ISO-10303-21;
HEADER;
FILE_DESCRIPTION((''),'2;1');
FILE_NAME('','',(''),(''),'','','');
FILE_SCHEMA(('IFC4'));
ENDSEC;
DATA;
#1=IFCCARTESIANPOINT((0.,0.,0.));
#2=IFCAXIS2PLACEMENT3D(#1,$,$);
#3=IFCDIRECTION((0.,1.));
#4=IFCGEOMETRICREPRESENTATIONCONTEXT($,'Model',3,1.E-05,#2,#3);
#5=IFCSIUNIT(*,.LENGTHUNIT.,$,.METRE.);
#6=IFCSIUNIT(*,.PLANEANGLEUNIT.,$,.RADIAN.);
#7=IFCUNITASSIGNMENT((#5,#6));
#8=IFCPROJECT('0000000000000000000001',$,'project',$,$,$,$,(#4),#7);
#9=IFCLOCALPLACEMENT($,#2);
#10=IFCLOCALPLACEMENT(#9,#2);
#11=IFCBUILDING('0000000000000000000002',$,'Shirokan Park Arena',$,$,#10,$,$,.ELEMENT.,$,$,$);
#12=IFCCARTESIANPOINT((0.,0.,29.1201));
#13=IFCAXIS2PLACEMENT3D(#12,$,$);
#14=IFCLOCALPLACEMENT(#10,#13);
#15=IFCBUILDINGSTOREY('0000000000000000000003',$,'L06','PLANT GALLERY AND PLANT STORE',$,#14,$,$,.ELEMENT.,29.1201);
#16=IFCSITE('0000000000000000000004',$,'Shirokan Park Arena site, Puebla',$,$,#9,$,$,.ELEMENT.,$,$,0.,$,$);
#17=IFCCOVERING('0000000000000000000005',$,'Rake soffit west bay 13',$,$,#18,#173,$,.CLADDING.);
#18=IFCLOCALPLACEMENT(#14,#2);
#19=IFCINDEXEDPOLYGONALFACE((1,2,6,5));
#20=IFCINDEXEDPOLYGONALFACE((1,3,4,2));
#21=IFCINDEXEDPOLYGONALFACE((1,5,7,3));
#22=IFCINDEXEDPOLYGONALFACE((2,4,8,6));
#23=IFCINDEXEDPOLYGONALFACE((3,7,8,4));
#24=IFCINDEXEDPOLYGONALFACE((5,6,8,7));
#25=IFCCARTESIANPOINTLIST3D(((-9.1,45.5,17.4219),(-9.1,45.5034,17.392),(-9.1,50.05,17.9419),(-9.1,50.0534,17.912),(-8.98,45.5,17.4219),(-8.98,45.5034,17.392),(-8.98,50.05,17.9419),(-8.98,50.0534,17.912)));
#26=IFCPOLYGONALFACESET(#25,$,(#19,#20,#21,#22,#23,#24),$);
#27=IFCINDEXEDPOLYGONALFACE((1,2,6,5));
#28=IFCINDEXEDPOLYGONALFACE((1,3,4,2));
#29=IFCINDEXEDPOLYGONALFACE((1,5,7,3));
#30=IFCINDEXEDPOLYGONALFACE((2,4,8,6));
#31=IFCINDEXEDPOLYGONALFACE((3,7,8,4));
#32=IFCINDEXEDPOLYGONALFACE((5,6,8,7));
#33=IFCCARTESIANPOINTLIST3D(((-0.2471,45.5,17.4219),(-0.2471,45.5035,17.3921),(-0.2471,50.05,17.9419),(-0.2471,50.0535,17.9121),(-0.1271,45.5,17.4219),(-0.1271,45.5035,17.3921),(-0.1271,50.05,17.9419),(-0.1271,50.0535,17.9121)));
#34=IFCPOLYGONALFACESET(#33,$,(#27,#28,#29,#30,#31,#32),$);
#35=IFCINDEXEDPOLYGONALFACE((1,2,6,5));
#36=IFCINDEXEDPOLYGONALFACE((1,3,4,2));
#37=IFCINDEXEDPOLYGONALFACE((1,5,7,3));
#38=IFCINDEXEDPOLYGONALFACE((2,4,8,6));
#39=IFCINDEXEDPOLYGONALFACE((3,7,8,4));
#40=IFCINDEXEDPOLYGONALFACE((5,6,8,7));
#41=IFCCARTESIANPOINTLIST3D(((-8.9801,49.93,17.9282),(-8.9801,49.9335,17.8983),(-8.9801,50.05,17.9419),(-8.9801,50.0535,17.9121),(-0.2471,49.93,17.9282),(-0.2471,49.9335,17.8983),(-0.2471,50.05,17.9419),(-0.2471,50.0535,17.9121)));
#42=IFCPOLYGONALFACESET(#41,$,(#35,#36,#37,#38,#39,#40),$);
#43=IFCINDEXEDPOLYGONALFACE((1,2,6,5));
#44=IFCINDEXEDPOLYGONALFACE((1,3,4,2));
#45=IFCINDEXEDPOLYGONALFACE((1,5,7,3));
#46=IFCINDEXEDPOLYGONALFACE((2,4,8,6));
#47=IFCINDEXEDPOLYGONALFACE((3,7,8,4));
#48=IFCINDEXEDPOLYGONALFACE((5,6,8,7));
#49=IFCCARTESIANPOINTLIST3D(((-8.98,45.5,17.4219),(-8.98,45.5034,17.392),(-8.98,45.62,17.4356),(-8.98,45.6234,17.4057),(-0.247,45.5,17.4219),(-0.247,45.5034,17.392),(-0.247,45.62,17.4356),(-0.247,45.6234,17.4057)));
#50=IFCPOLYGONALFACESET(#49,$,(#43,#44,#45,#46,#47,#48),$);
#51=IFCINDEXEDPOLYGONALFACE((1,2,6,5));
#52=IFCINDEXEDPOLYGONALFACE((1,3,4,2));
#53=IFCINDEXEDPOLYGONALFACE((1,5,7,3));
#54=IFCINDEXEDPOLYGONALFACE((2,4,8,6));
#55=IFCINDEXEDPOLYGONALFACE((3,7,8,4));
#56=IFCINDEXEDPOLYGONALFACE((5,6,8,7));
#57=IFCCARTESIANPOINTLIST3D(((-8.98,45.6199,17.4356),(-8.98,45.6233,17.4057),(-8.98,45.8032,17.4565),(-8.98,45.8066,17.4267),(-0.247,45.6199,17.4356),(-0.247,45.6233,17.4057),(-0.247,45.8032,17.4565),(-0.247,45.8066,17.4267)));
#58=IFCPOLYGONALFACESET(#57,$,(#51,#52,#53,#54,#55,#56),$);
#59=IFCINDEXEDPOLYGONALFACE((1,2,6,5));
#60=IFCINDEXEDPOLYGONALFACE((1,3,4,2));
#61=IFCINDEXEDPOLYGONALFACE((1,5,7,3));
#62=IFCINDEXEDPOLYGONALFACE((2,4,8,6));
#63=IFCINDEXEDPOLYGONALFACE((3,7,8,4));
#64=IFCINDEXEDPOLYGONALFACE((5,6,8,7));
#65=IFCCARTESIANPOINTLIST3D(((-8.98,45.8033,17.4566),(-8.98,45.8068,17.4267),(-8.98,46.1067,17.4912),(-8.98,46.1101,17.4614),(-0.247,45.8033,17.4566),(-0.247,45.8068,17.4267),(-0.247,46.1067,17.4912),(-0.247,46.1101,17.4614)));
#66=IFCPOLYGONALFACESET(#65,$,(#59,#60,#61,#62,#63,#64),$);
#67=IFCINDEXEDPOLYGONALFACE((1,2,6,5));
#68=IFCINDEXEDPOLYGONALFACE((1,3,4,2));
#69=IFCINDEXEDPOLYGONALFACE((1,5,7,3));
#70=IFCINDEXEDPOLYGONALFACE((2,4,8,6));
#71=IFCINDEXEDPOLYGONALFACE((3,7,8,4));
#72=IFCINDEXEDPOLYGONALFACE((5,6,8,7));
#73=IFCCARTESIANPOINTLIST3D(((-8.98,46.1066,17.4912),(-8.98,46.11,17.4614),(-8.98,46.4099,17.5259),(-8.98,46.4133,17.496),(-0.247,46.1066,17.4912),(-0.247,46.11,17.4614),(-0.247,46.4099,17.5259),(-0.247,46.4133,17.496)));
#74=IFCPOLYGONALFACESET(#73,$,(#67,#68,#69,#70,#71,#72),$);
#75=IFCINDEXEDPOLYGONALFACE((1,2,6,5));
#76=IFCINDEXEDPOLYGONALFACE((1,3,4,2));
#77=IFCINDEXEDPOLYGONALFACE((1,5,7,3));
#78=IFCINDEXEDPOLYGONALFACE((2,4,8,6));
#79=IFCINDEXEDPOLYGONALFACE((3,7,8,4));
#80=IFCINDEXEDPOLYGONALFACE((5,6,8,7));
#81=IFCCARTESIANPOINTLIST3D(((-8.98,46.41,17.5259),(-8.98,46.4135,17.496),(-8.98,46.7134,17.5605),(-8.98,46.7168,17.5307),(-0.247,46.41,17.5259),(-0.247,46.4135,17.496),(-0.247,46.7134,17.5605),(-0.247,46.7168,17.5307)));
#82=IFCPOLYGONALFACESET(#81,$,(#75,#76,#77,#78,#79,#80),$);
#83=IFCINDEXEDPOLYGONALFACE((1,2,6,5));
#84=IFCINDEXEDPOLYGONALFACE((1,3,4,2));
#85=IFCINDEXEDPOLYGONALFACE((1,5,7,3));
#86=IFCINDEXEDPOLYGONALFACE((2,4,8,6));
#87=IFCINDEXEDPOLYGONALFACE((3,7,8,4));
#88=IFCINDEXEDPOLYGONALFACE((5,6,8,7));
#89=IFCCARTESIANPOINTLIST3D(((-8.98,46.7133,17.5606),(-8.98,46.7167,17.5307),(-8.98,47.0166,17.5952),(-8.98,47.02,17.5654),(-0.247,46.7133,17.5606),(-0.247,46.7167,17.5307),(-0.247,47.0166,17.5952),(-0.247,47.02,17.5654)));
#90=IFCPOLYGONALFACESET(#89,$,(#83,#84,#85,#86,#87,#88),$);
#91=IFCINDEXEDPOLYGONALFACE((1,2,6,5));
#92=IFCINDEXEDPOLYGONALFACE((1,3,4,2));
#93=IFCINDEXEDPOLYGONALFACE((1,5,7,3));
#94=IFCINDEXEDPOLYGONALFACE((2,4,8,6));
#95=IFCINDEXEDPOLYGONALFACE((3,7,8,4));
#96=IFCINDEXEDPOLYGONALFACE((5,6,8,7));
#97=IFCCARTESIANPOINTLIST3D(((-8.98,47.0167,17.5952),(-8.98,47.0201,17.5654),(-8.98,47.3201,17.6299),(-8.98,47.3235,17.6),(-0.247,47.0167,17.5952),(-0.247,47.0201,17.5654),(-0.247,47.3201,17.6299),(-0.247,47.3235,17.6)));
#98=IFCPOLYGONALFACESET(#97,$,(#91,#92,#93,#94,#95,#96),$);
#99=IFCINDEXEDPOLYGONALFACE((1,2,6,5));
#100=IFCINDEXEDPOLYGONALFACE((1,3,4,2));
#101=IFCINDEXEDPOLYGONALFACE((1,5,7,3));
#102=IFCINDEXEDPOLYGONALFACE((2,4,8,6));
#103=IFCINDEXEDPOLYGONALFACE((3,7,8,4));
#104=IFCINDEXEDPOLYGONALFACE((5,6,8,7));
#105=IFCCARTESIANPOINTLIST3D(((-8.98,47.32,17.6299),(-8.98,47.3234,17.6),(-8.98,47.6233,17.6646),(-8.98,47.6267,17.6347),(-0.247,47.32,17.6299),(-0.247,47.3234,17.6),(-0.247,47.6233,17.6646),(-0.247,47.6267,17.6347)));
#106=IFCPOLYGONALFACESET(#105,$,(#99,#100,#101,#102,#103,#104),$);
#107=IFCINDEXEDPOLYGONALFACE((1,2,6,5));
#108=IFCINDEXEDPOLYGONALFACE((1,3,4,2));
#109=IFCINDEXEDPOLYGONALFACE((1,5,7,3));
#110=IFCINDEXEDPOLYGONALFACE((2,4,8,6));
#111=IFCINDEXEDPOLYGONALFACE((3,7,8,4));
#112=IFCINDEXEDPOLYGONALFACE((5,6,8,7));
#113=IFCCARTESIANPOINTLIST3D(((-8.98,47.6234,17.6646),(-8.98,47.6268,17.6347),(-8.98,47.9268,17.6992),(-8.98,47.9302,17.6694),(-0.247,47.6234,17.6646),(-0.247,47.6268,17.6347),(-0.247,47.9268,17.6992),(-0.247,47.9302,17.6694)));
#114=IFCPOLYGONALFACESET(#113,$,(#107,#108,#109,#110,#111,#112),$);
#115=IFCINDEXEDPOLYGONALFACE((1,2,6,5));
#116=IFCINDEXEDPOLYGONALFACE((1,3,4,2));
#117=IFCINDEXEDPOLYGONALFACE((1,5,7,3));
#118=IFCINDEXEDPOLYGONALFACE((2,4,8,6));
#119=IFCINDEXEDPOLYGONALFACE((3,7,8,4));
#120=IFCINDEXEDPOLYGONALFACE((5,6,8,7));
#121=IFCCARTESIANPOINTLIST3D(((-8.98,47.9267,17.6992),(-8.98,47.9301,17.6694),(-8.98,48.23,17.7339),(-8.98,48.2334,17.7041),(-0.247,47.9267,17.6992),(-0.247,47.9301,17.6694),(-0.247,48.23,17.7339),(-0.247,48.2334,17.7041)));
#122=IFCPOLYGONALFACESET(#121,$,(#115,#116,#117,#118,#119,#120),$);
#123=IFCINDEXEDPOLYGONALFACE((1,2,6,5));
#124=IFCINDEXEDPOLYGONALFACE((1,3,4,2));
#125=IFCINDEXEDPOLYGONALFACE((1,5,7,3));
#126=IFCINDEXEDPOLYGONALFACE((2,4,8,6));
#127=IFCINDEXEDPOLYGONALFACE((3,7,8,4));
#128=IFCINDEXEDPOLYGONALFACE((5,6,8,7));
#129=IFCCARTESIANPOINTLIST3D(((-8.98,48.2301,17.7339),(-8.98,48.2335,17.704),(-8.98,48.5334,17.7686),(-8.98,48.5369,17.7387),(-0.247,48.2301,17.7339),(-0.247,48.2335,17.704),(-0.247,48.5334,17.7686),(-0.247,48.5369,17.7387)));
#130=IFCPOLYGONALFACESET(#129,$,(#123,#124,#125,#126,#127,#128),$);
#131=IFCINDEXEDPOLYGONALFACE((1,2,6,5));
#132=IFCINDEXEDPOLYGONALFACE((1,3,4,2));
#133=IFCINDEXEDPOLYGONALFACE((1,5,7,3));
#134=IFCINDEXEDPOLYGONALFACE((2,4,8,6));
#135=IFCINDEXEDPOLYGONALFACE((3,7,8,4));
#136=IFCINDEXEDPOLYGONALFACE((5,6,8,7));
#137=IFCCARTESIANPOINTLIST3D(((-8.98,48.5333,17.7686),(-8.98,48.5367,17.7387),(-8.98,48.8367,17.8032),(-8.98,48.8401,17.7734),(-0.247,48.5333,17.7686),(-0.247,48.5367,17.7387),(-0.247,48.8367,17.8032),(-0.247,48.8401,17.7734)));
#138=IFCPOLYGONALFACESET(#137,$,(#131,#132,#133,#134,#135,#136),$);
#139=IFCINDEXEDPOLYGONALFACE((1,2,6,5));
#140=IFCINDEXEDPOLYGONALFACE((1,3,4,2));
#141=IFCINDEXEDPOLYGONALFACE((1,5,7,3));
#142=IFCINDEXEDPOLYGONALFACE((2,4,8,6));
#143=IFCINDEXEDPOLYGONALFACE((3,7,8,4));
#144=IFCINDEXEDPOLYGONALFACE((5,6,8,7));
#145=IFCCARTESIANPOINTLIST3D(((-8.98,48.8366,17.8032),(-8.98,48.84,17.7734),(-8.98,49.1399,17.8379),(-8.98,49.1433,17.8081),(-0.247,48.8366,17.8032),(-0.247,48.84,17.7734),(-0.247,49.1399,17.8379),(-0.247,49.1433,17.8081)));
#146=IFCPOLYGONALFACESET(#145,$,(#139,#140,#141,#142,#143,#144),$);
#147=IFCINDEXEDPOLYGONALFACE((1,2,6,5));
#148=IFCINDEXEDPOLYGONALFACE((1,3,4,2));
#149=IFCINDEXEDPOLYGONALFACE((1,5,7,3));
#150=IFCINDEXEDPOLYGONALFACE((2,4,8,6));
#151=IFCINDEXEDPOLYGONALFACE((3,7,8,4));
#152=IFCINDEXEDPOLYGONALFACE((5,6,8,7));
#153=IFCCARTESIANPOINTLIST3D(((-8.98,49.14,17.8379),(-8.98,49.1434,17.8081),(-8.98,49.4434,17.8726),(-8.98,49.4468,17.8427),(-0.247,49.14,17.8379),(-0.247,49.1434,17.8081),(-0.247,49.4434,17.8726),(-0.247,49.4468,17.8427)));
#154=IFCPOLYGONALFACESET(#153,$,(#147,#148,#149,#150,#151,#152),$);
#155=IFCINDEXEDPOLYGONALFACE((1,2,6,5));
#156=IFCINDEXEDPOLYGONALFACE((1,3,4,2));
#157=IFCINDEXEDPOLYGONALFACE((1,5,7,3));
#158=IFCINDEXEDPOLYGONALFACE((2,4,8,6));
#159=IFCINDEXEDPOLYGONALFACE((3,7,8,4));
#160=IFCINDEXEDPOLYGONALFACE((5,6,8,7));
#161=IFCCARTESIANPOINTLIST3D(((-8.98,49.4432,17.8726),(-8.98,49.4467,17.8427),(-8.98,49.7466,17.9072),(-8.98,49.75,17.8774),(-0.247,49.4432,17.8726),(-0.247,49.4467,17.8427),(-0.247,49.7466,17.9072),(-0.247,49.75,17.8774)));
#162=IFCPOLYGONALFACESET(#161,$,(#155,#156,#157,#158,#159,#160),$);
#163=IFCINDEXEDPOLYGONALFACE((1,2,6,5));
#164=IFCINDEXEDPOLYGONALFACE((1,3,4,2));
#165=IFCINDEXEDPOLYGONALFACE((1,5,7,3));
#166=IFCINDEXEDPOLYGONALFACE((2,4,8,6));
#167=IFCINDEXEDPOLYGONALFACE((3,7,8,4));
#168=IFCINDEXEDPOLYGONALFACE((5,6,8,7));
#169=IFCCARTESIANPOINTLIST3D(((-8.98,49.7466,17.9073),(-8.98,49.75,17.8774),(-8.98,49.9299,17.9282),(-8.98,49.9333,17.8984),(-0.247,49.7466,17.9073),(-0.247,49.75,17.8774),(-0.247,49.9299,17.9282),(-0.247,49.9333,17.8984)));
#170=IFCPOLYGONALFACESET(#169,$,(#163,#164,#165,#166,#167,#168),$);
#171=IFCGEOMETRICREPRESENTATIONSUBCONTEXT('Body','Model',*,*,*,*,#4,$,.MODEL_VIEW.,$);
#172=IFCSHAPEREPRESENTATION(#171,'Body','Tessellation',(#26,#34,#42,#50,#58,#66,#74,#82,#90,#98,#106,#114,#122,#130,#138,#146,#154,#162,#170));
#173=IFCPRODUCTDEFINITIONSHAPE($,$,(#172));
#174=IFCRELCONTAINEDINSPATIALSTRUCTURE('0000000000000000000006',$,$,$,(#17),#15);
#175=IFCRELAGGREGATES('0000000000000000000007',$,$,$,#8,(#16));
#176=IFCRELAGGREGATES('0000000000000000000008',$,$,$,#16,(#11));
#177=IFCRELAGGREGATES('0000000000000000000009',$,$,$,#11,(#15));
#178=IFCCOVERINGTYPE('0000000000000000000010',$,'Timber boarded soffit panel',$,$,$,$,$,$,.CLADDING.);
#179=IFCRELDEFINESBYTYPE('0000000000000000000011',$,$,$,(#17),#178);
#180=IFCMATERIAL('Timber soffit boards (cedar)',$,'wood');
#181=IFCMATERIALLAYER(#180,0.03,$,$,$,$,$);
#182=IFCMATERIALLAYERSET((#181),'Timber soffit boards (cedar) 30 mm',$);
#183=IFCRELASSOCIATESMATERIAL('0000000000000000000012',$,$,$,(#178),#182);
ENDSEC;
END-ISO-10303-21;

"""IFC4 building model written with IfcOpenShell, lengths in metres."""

from ifc_helpers import new_model, si_unit, direction, frame, origin, place, context, subcontext, project, spatial, polyline, outline, extrude, material, layer, layer_set, type_object, element, save


model = new_model("IFC4")

# Units and contexts
model_context = context("Model", 3, precision=1e-05, world=origin(), true_north=direction((0.0, 1.0)))
body_context = subcontext(model_context, "Body", "Model", "MODEL_VIEW")
ifc_project = project(units=[si_unit("LENGTHUNIT", "METRE"), si_unit("PLANEANGLEUNIT", "RADIAN")], contexts=[model_context])

# Site, building, storey
site_placement = place(None, origin())
site = spatial("IfcSite", under=ifc_project, at=site_placement, Name="Shirokan Park Arena site, Puebla", CompositionType="ELEMENT", RefElevation=0.0)
building_placement = place(site_placement, origin())
building = spatial("IfcBuilding", under=site, at=building_placement, Name="Shirokan Park Arena", CompositionType="ELEMENT")
storey_placement = place(building_placement, frame((0.0, 0.0, 29.1201)))
storey = spatial("IfcBuildingStorey", under=building, at=storey_placement, Name="L06", Description="PLANT GALLERY AND PLANT STORE", CompositionType="ELEMENT", Elevation=29.1201)

# Covering
ifc_material = material(Name="Timber soffit boards (cedar)", Category="wood")
ifc_layer = layer(ifc_material, 0.03)
ifc_layer_set = layer_set([ifc_layer], Name="Timber soffit boards (cedar) 30 mm")
covering_type = type_object("IfcCoveringType", Name="Timber boarded soffit panel", PredefinedType="CLADDING", material=ifc_layer_set)
covering_1_placement = place(storey_placement, origin())
element("IfcCovering", 1, at=covering_1_placement, inside=storey, type_object=covering_type, Name="Rake soffit west bay 13", PredefinedType="CLADDING", context=body_context, shape_type="SweptSolid", body=[
    extrude(outline(polyline([(0.0, 0.0), (0.12, 0.0), (0.12, -4.5796), (0.0, -4.5796), (0.0, 0.0)])), frame((-8.98, 45.5, 17.4219), z_axis=(0.0, -0.113547, 0.993533), x_axis=(-1.0, 0.0, 0.0)), (0.0, 0.0, -1.0), 0.03),
    extrude(outline(polyline([(0.0, 0.0), (0.12, 0.0), (0.12, -4.5796), (0.0, -4.5796), (0.0, 0.0)])), frame((-0.2471, 50.05, 17.9419), z_axis=(0.0, -0.113547, 0.993533), x_axis=(1.0, 0.0, 0.0)), (0.0, 0.0, -1.0), 0.03),
    extrude(outline(polyline([(0.0, 0.0), (0.1208, 0.0), (0.1208, -8.733), (0.0, -8.733), (0.0, 0.0)])), frame((-0.2471, 50.05, 17.9419), z_axis=(0.0, -0.113512, 0.993537), x_axis=(0.0, -0.993537, -0.113512)), (0.0, 0.0, -1.0), 0.03),
    extrude(outline(polyline([(0.0, 0.0), (0.1208, 0.0), (0.1208, -8.733), (0.0, -8.733), (0.0, 0.0)])), frame((-8.98, 45.5, 17.4219), z_axis=(0.0, -0.113512, 0.993537), x_axis=(0.0, 0.993537, 0.113512)), (0.0, 0.0, -1.0), 0.03),
    extrude(outline(polyline([(0.0, 0.0), (8.733, 0.0), (8.733, -0.1845), (0.0, -0.1845), (0.0, 0.0)])), frame((-8.98, 45.8032, 17.4565), z_axis=(0.0, -0.113589, 0.993528), x_axis=(1.0, 0.0, 0.0)), (0.0, 0.0, -1.0), 0.03),
    extrude(outline(polyline([(0.0, 0.0), (8.733, 0.0), (8.733, -0.3053), (0.0, -0.3053), (0.0, 0.0)])), frame((-8.98, 46.1067, 17.4912), z_axis=(0.0, -0.113523, 0.993535), x_axis=(1.0, 0.0, 0.0)), (0.0, 0.0, -1.0), 0.03),
    extrude(outline(polyline([(0.0, 0.0), (8.733, 0.0), (8.733, -0.3053), (0.0, -0.3053), (0.0, 0.0)])), frame((-8.98, 46.4099, 17.5259), z_axis=(0.0, -0.113559, 0.993531), x_axis=(1.0, 0.0, 0.0)), (0.0, 0.0, -1.0), 0.03),
    extrude(outline(polyline([(0.0, 0.0), (8.733, 0.0), (8.733, -0.3053), (0.0, -0.3053), (0.0, 0.0)])), frame((-8.98, 46.7134, 17.5605), z_axis=(0.0, -0.113559, 0.993531), x_axis=(1.0, 0.0, 0.0)), (0.0, 0.0, -1.0), 0.03),
    extrude(outline(polyline([(0.0, 0.0), (8.733, 0.0), (8.733, -0.3053), (0.0, -0.3053), (0.0, 0.0)])), frame((-8.98, 47.0166, 17.5952), z_axis=(0.0, -0.113523, 0.993535), x_axis=(1.0, 0.0, 0.0)), (0.0, 0.0, -1.0), 0.03),
    extrude(outline(polyline([(0.0, 0.0), (8.733, 0.0), (8.733, -0.3053), (0.0, -0.3053), (0.0, 0.0)])), frame((-8.98, 47.3201, 17.6299), z_axis=(0.0, -0.113559, 0.993531), x_axis=(1.0, 0.0, 0.0)), (0.0, 0.0, -1.0), 0.03),
    extrude(outline(polyline([(0.0, 0.0), (8.733, 0.0), (8.733, -0.3053), (0.0, -0.3053), (0.0, 0.0)])), frame((-8.98, 47.6233, 17.6646), z_axis=(0.0, -0.113559, 0.993531), x_axis=(1.0, 0.0, 0.0)), (0.0, 0.0, -1.0), 0.03),
    extrude(outline(polyline([(0.0, 0.0), (8.733, 0.0), (8.733, -0.3053), (0.0, -0.3053), (0.0, 0.0)])), frame((-8.98, 47.9268, 17.6992), z_axis=(0.0, -0.113523, 0.993535), x_axis=(1.0, 0.0, 0.0)), (0.0, 0.0, -1.0), 0.03),
    extrude(outline(polyline([(0.0, 0.0), (8.733, 0.0), (8.733, -0.3053), (0.0, -0.3053), (0.0, 0.0)])), frame((-8.98, 48.23, 17.7339), z_axis=(0.0, -0.113559, 0.993531), x_axis=(1.0, 0.0, 0.0)), (0.0, 0.0, -1.0), 0.03),
    extrude(outline(polyline([(0.0, 0.0), (8.733, 0.0), (8.733, -0.3053), (0.0, -0.3053), (0.0, 0.0)])), frame((-8.98, 48.5334, 17.7686), z_axis=(0.0, -0.113559, 0.993531), x_axis=(1.0, 0.0, 0.0)), (0.0, 0.0, -1.0), 0.03),
    extrude(outline(polyline([(0.0, 0.0), (8.733, 0.0), (8.733, -0.3053), (0.0, -0.3053), (0.0, 0.0)])), frame((-8.98, 48.8367, 17.8032), z_axis=(0.0, -0.113523, 0.993535), x_axis=(1.0, 0.0, 0.0)), (0.0, 0.0, -1.0), 0.03),
    extrude(outline(polyline([(0.0, 0.0), (8.733, 0.0), (8.733, -0.3053), (0.0, -0.3053), (0.0, 0.0)])), frame((-8.98, 49.1399, 17.8379), z_axis=(0.0, -0.113559, 0.993531), x_axis=(1.0, 0.0, 0.0)), (0.0, 0.0, -1.0), 0.03),
    extrude(outline(polyline([(0.0, 0.0), (8.733, 0.0), (8.733, -0.3053), (0.0, -0.3053), (0.0, 0.0)])), frame((-8.98, 49.4434, 17.8726), z_axis=(0.0, -0.113559, 0.993531), x_axis=(1.0, 0.0, 0.0)), (0.0, 0.0, -1.0), 0.03),
    extrude(outline(polyline([(0.0, 0.0), (8.733, 0.0), (8.733, -0.3053), (0.0, -0.3053), (0.0, 0.0)])), frame((-8.98, 49.7466, 17.9072), z_axis=(0.0, -0.113523, 0.993535), x_axis=(1.0, 0.0, 0.0)), (0.0, 0.0, -1.0), 0.03),
    extrude(outline(polyline([(0.0, 0.0), (8.733, 0.0), (8.733, -0.1845), (0.0, -0.1845), (0.0, 0.0)])), frame((-8.98, 49.9299, 17.9282), z_axis=(0.0, -0.113589, 0.993528), x_axis=(1.0, 0.0, 0.0)), (0.0, 0.0, -1.0), 0.03),
])

save(model, "model.ifc")
